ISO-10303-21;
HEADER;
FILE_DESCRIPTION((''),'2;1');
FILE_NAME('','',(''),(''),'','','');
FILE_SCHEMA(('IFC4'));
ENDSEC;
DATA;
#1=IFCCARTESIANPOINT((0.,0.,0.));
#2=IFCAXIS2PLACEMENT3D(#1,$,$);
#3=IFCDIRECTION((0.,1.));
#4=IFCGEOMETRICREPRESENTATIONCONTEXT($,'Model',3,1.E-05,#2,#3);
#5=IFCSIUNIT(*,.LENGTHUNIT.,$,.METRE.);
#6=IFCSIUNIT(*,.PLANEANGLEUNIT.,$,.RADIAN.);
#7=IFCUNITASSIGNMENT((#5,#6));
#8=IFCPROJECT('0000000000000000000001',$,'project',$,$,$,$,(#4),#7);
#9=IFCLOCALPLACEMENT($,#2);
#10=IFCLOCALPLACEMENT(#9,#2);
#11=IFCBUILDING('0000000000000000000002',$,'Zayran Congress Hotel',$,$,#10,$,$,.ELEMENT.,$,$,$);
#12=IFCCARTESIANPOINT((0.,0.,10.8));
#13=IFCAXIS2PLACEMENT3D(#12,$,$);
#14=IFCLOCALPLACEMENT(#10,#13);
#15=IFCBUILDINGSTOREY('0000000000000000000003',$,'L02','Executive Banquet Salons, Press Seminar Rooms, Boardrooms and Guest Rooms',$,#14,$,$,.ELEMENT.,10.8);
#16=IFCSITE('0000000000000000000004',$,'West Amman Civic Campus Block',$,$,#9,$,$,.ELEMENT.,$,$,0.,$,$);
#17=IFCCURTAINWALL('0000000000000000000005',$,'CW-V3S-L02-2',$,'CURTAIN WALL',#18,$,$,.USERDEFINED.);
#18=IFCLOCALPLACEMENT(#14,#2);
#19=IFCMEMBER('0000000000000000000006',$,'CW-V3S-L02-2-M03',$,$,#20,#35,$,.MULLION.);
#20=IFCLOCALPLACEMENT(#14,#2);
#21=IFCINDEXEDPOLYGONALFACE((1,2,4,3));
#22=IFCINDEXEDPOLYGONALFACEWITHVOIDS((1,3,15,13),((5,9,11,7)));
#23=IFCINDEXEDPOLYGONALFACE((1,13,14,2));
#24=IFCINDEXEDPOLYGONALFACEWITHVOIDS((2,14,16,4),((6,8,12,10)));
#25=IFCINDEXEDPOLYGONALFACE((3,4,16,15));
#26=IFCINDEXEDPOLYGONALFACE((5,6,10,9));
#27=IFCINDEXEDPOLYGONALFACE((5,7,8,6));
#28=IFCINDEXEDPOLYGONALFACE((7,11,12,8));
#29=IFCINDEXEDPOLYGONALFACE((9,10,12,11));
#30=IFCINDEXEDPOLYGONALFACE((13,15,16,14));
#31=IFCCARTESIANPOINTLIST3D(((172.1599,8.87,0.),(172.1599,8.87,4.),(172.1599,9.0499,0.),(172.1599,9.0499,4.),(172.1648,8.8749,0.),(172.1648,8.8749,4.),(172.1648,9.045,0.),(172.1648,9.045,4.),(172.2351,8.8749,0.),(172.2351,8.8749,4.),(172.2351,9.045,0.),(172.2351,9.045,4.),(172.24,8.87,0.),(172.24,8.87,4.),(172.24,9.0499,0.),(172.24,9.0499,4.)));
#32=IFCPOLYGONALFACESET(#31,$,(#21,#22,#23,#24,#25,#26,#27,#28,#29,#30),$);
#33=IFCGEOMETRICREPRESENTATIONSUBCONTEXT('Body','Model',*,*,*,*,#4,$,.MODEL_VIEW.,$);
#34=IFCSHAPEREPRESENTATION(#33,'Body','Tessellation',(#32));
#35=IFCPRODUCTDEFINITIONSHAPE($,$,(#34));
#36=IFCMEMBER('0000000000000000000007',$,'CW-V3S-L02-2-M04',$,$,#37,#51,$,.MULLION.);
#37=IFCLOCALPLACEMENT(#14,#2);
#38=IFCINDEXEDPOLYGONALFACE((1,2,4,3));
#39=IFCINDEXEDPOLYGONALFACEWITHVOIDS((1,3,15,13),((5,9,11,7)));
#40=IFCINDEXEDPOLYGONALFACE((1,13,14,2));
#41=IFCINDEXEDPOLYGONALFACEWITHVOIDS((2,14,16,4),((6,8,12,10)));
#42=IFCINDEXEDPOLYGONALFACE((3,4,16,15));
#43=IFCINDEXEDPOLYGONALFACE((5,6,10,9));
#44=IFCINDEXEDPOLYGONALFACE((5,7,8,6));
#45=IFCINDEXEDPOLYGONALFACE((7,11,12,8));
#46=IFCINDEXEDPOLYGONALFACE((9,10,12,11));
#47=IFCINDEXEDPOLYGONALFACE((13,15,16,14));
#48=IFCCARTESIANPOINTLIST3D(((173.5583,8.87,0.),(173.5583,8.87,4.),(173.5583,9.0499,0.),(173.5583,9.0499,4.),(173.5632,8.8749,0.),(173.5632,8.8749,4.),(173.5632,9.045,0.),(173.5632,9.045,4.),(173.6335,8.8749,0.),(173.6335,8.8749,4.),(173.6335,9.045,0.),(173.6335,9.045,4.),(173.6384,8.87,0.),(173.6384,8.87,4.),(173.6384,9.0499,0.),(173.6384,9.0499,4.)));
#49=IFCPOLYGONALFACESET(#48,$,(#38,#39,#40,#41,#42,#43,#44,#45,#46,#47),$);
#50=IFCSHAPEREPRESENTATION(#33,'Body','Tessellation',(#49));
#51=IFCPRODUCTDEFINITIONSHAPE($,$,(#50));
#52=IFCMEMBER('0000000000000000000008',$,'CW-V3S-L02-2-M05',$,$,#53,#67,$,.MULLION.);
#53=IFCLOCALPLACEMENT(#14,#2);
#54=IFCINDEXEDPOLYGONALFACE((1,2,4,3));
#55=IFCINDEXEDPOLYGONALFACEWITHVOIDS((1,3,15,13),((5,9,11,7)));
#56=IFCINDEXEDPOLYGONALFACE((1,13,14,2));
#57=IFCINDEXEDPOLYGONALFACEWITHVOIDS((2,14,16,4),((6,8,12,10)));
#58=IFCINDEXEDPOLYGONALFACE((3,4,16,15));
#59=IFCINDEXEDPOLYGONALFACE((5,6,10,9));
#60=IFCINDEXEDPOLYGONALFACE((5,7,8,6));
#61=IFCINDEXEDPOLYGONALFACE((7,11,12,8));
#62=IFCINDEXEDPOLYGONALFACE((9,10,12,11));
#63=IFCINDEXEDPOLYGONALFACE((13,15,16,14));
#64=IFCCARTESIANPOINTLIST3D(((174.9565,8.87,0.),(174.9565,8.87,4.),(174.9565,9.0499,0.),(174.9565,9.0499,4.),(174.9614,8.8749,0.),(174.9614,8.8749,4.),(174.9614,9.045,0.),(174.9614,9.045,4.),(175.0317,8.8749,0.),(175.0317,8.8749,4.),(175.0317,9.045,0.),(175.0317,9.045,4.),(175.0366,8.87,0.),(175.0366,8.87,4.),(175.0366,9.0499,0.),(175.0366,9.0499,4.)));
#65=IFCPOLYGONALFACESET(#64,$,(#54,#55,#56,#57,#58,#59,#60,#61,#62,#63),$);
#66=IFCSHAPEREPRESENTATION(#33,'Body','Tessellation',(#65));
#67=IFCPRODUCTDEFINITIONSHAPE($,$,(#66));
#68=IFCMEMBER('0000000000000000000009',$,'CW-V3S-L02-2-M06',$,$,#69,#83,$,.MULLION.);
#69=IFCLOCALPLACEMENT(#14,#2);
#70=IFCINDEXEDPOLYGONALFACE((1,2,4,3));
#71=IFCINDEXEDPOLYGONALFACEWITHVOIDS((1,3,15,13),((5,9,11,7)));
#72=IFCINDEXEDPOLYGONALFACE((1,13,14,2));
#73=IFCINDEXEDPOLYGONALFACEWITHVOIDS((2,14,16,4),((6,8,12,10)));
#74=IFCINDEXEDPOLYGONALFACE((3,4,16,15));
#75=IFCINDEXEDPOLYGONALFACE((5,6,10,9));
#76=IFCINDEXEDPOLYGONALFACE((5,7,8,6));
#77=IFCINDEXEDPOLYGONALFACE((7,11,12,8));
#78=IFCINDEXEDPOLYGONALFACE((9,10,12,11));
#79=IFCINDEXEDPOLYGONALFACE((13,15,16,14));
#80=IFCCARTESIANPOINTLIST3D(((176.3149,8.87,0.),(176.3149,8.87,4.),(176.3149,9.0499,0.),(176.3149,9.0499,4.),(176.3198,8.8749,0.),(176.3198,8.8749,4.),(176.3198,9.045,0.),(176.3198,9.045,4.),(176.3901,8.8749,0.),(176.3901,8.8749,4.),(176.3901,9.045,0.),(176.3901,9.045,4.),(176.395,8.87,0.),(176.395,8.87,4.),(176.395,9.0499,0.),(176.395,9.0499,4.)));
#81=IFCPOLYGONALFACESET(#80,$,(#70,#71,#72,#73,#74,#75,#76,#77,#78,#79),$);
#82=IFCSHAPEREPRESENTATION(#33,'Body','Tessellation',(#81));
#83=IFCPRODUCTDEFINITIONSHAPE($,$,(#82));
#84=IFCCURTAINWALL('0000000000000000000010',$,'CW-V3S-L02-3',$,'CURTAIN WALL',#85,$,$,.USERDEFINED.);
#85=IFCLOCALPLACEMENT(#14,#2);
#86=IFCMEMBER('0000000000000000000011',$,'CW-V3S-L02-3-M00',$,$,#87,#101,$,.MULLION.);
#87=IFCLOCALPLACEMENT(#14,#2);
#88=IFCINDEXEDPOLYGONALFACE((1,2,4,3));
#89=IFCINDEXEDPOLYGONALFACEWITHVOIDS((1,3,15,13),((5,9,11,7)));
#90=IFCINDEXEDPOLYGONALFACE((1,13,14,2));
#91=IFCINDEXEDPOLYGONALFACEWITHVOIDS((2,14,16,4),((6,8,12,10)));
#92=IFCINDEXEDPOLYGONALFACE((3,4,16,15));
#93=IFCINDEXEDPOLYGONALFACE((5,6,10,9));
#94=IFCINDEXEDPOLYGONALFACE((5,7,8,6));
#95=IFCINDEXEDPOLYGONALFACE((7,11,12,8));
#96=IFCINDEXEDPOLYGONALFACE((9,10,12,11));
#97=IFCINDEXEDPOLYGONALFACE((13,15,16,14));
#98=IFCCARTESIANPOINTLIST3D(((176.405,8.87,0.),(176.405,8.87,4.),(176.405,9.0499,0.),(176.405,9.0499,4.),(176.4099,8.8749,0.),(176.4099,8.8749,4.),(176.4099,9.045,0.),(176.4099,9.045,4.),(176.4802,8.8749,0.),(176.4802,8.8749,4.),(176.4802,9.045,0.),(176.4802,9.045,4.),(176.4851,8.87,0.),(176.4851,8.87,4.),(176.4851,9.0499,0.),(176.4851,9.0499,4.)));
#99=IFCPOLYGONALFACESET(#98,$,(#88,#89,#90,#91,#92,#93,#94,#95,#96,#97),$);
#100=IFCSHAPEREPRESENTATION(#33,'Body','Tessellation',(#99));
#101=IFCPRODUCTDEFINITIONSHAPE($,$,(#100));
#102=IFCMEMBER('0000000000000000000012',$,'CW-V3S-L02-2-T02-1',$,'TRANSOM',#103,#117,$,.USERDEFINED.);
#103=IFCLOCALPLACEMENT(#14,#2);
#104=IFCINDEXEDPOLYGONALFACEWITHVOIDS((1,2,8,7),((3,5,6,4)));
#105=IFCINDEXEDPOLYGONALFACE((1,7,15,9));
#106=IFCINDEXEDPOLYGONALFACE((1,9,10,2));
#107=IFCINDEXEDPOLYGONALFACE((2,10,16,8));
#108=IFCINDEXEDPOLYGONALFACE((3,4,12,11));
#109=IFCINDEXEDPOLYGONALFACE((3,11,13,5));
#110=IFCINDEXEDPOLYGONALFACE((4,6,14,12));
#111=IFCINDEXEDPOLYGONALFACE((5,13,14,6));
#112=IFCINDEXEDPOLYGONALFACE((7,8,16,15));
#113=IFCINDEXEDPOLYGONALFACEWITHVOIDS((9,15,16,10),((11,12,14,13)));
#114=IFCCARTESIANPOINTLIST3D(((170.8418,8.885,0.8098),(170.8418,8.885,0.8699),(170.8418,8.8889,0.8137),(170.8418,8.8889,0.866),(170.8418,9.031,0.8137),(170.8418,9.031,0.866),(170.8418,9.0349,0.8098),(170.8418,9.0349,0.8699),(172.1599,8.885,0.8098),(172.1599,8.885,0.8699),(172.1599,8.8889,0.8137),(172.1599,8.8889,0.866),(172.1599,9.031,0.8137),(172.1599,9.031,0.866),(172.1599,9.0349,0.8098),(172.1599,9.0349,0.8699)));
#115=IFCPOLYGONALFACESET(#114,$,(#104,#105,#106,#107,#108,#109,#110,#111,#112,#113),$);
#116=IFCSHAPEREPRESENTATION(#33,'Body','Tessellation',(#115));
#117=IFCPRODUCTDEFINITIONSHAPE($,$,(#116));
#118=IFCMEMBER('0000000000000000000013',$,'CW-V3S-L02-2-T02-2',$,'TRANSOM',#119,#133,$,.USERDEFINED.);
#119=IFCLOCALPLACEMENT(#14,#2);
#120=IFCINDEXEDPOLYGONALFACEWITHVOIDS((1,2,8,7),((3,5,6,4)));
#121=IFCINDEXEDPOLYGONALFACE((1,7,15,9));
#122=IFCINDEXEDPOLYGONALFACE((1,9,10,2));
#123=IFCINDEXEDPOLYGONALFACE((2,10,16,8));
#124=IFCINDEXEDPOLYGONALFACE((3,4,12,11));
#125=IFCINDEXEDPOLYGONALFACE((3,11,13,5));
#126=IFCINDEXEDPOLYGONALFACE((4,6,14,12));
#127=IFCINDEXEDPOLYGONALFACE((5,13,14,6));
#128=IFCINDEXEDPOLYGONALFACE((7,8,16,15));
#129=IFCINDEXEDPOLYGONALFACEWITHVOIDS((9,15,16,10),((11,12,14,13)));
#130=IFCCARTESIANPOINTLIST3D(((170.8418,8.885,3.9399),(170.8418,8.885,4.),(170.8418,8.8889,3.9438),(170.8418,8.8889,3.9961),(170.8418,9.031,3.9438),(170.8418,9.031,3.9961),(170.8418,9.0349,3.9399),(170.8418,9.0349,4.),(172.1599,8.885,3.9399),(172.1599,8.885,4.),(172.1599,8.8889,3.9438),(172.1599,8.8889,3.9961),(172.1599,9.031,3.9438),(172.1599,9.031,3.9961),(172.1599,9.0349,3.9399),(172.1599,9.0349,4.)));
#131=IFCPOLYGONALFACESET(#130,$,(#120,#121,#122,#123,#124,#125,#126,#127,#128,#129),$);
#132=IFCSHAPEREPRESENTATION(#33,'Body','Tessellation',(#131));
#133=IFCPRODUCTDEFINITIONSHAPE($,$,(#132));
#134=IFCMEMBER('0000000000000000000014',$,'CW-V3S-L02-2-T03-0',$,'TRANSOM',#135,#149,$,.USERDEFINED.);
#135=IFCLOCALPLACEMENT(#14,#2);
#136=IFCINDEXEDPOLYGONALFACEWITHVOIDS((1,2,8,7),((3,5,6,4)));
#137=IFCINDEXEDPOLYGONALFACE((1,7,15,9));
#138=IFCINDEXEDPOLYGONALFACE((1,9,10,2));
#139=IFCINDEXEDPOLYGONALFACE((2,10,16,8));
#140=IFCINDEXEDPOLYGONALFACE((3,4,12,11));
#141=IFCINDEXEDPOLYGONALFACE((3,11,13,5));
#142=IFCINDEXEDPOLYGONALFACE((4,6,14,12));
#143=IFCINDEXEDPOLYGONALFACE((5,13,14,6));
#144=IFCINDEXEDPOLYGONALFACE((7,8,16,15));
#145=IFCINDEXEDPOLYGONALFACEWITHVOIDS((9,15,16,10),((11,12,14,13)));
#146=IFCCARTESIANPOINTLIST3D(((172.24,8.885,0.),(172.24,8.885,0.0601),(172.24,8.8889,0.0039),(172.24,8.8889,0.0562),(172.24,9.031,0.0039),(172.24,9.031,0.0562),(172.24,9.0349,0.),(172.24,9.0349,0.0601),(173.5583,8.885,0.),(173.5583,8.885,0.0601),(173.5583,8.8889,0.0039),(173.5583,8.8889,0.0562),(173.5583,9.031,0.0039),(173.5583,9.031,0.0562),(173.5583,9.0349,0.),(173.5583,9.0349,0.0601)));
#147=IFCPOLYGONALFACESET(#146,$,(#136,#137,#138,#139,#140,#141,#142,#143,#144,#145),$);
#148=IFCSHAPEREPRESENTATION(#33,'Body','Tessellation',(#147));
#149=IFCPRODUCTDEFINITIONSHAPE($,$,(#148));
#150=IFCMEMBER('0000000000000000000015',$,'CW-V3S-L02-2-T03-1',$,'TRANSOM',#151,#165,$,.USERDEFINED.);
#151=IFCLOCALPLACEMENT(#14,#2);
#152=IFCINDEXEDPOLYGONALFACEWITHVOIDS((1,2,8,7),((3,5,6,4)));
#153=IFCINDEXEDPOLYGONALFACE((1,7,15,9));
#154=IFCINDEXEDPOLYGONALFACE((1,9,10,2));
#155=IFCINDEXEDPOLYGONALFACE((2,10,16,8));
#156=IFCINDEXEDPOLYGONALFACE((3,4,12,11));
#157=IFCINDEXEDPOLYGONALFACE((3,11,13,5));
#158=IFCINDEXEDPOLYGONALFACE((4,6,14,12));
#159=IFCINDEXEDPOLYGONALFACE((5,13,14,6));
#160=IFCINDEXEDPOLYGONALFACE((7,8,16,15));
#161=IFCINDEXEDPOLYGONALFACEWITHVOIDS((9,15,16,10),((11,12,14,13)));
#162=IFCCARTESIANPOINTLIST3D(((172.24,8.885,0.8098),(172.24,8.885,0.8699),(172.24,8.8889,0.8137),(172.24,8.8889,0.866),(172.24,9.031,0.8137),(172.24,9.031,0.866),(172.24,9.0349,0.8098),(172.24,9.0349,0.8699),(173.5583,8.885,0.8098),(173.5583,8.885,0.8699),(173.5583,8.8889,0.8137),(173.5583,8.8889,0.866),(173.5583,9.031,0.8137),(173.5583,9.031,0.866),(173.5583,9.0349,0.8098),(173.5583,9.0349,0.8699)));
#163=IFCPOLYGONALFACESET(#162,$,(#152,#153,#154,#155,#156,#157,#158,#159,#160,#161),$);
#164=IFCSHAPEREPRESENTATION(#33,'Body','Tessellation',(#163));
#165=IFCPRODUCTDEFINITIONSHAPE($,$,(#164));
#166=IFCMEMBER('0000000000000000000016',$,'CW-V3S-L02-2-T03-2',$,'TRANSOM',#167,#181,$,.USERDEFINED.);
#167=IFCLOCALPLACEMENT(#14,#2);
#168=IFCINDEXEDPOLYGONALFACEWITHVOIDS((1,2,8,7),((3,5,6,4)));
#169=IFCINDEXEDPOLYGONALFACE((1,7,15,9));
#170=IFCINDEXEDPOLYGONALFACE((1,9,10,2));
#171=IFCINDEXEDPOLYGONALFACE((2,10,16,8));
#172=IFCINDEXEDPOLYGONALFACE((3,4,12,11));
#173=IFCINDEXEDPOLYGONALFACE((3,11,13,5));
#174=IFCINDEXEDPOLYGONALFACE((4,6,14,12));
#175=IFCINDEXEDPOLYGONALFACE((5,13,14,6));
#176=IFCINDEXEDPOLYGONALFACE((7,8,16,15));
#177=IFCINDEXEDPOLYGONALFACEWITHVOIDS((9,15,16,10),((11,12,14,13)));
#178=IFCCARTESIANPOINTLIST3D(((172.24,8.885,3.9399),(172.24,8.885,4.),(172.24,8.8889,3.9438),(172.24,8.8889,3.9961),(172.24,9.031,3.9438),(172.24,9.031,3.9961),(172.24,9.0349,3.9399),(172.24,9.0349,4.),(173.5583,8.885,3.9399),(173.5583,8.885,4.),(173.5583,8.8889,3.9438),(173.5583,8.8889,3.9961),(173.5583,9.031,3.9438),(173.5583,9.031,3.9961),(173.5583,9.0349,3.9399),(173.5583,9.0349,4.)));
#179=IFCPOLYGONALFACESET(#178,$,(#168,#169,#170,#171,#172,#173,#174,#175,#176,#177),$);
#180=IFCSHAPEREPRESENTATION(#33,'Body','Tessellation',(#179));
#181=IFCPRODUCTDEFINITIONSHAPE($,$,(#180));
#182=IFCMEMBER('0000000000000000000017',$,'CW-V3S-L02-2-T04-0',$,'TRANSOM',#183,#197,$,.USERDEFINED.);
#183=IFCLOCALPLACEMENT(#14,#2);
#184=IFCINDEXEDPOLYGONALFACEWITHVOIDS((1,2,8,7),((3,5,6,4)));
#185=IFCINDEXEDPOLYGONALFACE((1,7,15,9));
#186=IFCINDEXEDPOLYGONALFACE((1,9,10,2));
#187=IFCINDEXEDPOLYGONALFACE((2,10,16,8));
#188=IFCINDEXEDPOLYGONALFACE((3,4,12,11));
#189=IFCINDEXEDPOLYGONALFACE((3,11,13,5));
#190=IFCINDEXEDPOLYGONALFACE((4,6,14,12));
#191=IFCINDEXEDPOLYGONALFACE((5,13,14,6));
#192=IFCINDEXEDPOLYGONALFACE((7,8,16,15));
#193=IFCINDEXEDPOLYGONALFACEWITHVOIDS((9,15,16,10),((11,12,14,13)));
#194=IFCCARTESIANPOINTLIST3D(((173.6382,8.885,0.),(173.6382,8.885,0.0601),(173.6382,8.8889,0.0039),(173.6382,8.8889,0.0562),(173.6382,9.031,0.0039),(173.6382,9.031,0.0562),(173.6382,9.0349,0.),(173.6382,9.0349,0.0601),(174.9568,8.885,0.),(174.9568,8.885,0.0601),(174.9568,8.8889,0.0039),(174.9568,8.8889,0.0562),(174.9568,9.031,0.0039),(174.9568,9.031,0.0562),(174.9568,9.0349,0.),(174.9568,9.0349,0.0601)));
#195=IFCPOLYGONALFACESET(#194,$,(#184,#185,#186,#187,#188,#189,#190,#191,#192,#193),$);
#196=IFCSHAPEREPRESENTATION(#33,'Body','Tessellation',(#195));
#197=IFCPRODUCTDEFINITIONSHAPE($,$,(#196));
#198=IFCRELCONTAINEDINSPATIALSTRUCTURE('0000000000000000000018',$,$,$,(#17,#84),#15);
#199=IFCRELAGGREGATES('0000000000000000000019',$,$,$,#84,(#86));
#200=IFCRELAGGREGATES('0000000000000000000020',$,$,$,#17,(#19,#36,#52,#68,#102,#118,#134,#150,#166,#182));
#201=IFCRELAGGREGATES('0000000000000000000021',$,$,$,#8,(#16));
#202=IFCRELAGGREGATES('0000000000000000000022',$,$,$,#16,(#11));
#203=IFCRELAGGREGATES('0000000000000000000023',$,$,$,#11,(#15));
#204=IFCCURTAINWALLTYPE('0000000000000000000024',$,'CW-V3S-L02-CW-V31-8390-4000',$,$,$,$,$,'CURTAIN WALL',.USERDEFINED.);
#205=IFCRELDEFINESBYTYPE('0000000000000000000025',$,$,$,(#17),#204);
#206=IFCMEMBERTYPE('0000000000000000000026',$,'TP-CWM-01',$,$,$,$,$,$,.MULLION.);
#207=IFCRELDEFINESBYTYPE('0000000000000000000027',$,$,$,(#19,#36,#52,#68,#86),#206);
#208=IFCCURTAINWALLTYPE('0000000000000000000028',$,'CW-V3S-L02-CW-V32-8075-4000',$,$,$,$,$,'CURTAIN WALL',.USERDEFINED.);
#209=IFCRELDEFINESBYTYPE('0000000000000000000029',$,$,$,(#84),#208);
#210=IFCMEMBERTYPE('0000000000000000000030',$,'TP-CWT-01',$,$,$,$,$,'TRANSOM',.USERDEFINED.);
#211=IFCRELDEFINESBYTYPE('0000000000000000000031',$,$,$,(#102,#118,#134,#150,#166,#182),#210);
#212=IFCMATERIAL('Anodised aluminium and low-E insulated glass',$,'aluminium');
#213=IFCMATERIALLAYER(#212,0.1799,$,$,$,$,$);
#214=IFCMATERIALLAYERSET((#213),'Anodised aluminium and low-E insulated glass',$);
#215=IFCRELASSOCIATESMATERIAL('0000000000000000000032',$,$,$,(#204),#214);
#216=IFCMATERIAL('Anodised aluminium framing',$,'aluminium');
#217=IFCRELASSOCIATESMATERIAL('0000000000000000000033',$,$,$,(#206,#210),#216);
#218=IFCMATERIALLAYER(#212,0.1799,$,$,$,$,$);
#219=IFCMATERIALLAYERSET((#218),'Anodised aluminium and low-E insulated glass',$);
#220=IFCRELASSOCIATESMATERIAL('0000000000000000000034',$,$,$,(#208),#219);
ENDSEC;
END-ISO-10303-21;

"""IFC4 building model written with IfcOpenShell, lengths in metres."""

from ifc_helpers import new_model, si_unit, direction, frame, origin, origin_2d, place, context, subcontext, project, spatial, hollow_rectangle, extrude, material, layer, layer_set, material_profile, profile_set, type_object, element, aggregate, save


model = new_model("IFC4")

# Units and contexts
model_context = context("Model", 3, precision=1e-05, world=origin(), true_north=direction((0.0, 1.0)))
body_context = subcontext(model_context, "Body", "Model", "MODEL_VIEW")
ifc_project = project(units=[si_unit("LENGTHUNIT", "METRE"), si_unit("PLANEANGLEUNIT", "RADIAN")], contexts=[model_context])

# Site, building, storey
site_placement = place(None, origin())
site = spatial("IfcSite", under=ifc_project, at=site_placement, Name="West Amman Civic Campus Block", CompositionType="ELEMENT", RefElevation=0.0)
building_placement = place(site_placement, origin())
building = spatial("IfcBuilding", under=site, at=building_placement, Name="Zayran Congress Hotel", CompositionType="ELEMENT")
storey_placement = place(building_placement, frame((0.0, 0.0, 10.8)))
storey = spatial("IfcBuildingStorey", under=building, at=storey_placement, Name="L02", Description="Executive Banquet Salons, Press Seminar Rooms, Boardrooms and Guest Rooms", CompositionType="ELEMENT", Elevation=10.8)

# Curtain wall, members
ifc_material_1 = material(Name="Anodised aluminium and low-E insulated glass", Category="aluminium")
ifc_layer_1 = layer(ifc_material_1, 0.1799)
ifc_layer_set_1 = layer_set([ifc_layer_1], Name="Anodised aluminium and low-E insulated glass")
curtain_wall_type_1 = type_object("IfcCurtainWallType", Name="CW-V3S-L02-CW-V31-8390-4000", ElementType="CURTAIN WALL", PredefinedType="USERDEFINED", material=ifc_layer_set_1)
curtain_wall_1_placement = place(storey_placement, origin())
curtain_wall_1 = element("IfcCurtainWall", 1, at=curtain_wall_1_placement, inside=storey, type_object=curtain_wall_type_1, Name="CW-V3S-L02-2", ObjectType="CURTAIN WALL", PredefinedType="USERDEFINED")
ifc_material_2 = material(Name="Anodised aluminium framing", Category="aluminium")
ifc_material_profile_1 = material_profile(ifc_material_2, hollow_rectangle(XDim=0.0801, YDim=0.1799, WallThickness=0.0049, at=origin_2d()), Name="RHS 180x80x5")
ifc_profile_set_1 = profile_set([ifc_material_profile_1], Name="Anodised aluminium framing")
member_type_1 = type_object("IfcMemberType", Name="TP-CWM-01", PredefinedType="MULLION", material=ifc_profile_set_1)
member_1_placement = place(storey_placement, frame((172.2, 8.96, 0.0), z_axis=(0.0, 0.0, 1.0), x_axis=(1.0, 0.0, 0.0)))
member_1 = element("IfcMember", 2, at=member_1_placement, type_object=member_type_1, Name="CW-V3S-L02-2-M03", PredefinedType="MULLION", context=body_context, shape_type="SweptSolid", body=[
    extrude(hollow_rectangle(XDim=0.0801, YDim=0.1799, WallThickness=0.0049, at=origin_2d()), origin(), (0.0, 0.0, 1.0), 4.0),
])
member_2_placement = place(storey_placement, frame((173.5984, 8.96, 0.0), z_axis=(0.0, 0.0, 1.0), x_axis=(1.0, 0.0, 0.0)))
member_2 = element("IfcMember", 3, at=member_2_placement, type_object=member_type_1, Name="CW-V3S-L02-2-M04", PredefinedType="MULLION", context=body_context, shape_type="SweptSolid", body=[
    extrude(hollow_rectangle(XDim=0.0801, YDim=0.1799, WallThickness=0.0049, at=origin_2d()), origin(), (0.0, 0.0, 1.0), 4.0),
])
member_3_placement = place(storey_placement, frame((174.9966, 8.96, 0.0), z_axis=(0.0, 0.0, 1.0), x_axis=(1.0, 0.0, 0.0)))
member_3 = element("IfcMember", 4, at=member_3_placement, type_object=member_type_1, Name="CW-V3S-L02-2-M05", PredefinedType="MULLION", context=body_context, shape_type="SweptSolid", body=[
    extrude(hollow_rectangle(XDim=0.0801, YDim=0.1799, WallThickness=0.0049, at=origin_2d()), origin(), (0.0, 0.0, 1.0), 4.0),
])
member_4_placement = place(storey_placement, frame((176.355, 8.96, 0.0), z_axis=(0.0, 0.0, 1.0), x_axis=(1.0, 0.0, 0.0)))
member_4 = element("IfcMember", 5, at=member_4_placement, type_object=member_type_1, Name="CW-V3S-L02-2-M06", PredefinedType="MULLION", context=body_context, shape_type="SweptSolid", body=[
    extrude(hollow_rectangle(XDim=0.0801, YDim=0.1799, WallThickness=0.0049, at=origin_2d()), origin(), (0.0, 0.0, 1.0), 4.0),
])

# Curtain wall, member
ifc_layer_2 = layer(ifc_material_1, 0.1799)
ifc_layer_set_2 = layer_set([ifc_layer_2], Name="Anodised aluminium and low-E insulated glass")
curtain_wall_type_2 = type_object("IfcCurtainWallType", Name="CW-V3S-L02-CW-V32-8075-4000", ElementType="CURTAIN WALL", PredefinedType="USERDEFINED", material=ifc_layer_set_2)
curtain_wall_2_placement = place(storey_placement, origin())
curtain_wall_2 = element("IfcCurtainWall", 6, at=curtain_wall_2_placement, inside=storey, type_object=curtain_wall_type_2, Name="CW-V3S-L02-3", ObjectType="CURTAIN WALL", PredefinedType="USERDEFINED")
member_5_placement = place(storey_placement, frame((176.4451, 8.96, 0.0), z_axis=(0.0, 0.0, 1.0), x_axis=(1.0, 0.0, 0.0)))
member_5 = element("IfcMember", 7, at=member_5_placement, type_object=member_type_1, Name="CW-V3S-L02-3-M00", PredefinedType="MULLION", context=body_context, shape_type="SweptSolid", body=[
    extrude(hollow_rectangle(XDim=0.0801, YDim=0.1799, WallThickness=0.0049, at=origin_2d()), origin(), (0.0, 0.0, 1.0), 4.0),
])

# Members
ifc_material_profile_2 = material_profile(ifc_material_2, hollow_rectangle(XDim=0.0601, YDim=0.1499, WallThickness=0.0039, at=origin_2d()), Name="RHS 150x60x4")
ifc_profile_set_2 = profile_set([ifc_material_profile_2], Name="Anodised aluminium framing")
member_type_2 = type_object("IfcMemberType", Name="TP-CWT-01", ElementType="TRANSOM", PredefinedType="USERDEFINED", material=ifc_profile_set_2)
member_6_placement = place(storey_placement, frame((170.8418, 8.96, 0.8398), z_axis=(1.0, 0.0, 0.0), x_axis=(0.0, 0.0, 1.0)))
member_6 = element("IfcMember", 8, at=member_6_placement, type_object=member_type_2, Name="CW-V3S-L02-2-T02-1", ObjectType="TRANSOM", PredefinedType="USERDEFINED", context=body_context, shape_type="SweptSolid", body=[
    extrude(hollow_rectangle(XDim=0.0601, YDim=0.1499, WallThickness=0.0039, at=origin_2d()), origin(), (0.0, 0.0, 1.0), 1.3181),
])
member_7_placement = place(storey_placement, frame((170.8418, 8.96, 3.97), z_axis=(1.0, 0.0, 0.0), x_axis=(0.0, 0.0, 1.0)))
member_7 = element("IfcMember", 9, at=member_7_placement, type_object=member_type_2, Name="CW-V3S-L02-2-T02-2", ObjectType="TRANSOM", PredefinedType="USERDEFINED", context=body_context, shape_type="SweptSolid", body=[
    extrude(hollow_rectangle(XDim=0.0601, YDim=0.1499, WallThickness=0.0039, at=origin_2d()), origin(), (0.0, 0.0, 1.0), 1.3181),
])
member_8_placement = place(storey_placement, frame((172.24, 8.96, 0.03), z_axis=(1.0, 0.0, 0.0), x_axis=(0.0, 0.0, 1.0)))
member_8 = element("IfcMember", 10, at=member_8_placement, type_object=member_type_2, Name="CW-V3S-L02-2-T03-0", ObjectType="TRANSOM", PredefinedType="USERDEFINED", context=body_context, shape_type="SweptSolid", body=[
    extrude(hollow_rectangle(XDim=0.0601, YDim=0.1499, WallThickness=0.0039, at=origin_2d()), origin(), (0.0, 0.0, 1.0), 1.3184),
])
member_9_placement = place(storey_placement, frame((172.24, 8.96, 0.8398), z_axis=(1.0, 0.0, 0.0), x_axis=(0.0, 0.0, 1.0)))
member_9 = element("IfcMember", 11, at=member_9_placement, type_object=member_type_2, Name="CW-V3S-L02-2-T03-1", ObjectType="TRANSOM", PredefinedType="USERDEFINED", context=body_context, shape_type="SweptSolid", body=[
    extrude(hollow_rectangle(XDim=0.0601, YDim=0.1499, WallThickness=0.0039, at=origin_2d()), origin(), (0.0, 0.0, 1.0), 1.3184),
])
member_10_placement = place(storey_placement, frame((172.24, 8.96, 3.97), z_axis=(1.0, 0.0, 0.0), x_axis=(0.0, 0.0, 1.0)))
member_10 = element("IfcMember", 12, at=member_10_placement, type_object=member_type_2, Name="CW-V3S-L02-2-T03-2", ObjectType="TRANSOM", PredefinedType="USERDEFINED", context=body_context, shape_type="SweptSolid", body=[
    extrude(hollow_rectangle(XDim=0.0601, YDim=0.1499, WallThickness=0.0039, at=origin_2d()), origin(), (0.0, 0.0, 1.0), 1.3184),
])
member_11_placement = place(storey_placement, frame((173.6382, 8.96, 0.03), z_axis=(1.0, 0.0, 0.0), x_axis=(0.0, 0.0, 1.0)))
member_11 = element("IfcMember", 13, at=member_11_placement, type_object=member_type_2, Name="CW-V3S-L02-2-T04-0", ObjectType="TRANSOM", PredefinedType="USERDEFINED", context=body_context, shape_type="SweptSolid", body=[
    extrude(hollow_rectangle(XDim=0.0601, YDim=0.1499, WallThickness=0.0039, at=origin_2d()), origin(), (0.0, 0.0, 1.0), 1.3186),
])
aggregate(curtain_wall_2, [member_5])

aggregate(curtain_wall_1, [member_1, member_2, member_3, member_4, member_6, member_7, member_8, member_9, member_10, member_11])

save(model, "model.ifc")
